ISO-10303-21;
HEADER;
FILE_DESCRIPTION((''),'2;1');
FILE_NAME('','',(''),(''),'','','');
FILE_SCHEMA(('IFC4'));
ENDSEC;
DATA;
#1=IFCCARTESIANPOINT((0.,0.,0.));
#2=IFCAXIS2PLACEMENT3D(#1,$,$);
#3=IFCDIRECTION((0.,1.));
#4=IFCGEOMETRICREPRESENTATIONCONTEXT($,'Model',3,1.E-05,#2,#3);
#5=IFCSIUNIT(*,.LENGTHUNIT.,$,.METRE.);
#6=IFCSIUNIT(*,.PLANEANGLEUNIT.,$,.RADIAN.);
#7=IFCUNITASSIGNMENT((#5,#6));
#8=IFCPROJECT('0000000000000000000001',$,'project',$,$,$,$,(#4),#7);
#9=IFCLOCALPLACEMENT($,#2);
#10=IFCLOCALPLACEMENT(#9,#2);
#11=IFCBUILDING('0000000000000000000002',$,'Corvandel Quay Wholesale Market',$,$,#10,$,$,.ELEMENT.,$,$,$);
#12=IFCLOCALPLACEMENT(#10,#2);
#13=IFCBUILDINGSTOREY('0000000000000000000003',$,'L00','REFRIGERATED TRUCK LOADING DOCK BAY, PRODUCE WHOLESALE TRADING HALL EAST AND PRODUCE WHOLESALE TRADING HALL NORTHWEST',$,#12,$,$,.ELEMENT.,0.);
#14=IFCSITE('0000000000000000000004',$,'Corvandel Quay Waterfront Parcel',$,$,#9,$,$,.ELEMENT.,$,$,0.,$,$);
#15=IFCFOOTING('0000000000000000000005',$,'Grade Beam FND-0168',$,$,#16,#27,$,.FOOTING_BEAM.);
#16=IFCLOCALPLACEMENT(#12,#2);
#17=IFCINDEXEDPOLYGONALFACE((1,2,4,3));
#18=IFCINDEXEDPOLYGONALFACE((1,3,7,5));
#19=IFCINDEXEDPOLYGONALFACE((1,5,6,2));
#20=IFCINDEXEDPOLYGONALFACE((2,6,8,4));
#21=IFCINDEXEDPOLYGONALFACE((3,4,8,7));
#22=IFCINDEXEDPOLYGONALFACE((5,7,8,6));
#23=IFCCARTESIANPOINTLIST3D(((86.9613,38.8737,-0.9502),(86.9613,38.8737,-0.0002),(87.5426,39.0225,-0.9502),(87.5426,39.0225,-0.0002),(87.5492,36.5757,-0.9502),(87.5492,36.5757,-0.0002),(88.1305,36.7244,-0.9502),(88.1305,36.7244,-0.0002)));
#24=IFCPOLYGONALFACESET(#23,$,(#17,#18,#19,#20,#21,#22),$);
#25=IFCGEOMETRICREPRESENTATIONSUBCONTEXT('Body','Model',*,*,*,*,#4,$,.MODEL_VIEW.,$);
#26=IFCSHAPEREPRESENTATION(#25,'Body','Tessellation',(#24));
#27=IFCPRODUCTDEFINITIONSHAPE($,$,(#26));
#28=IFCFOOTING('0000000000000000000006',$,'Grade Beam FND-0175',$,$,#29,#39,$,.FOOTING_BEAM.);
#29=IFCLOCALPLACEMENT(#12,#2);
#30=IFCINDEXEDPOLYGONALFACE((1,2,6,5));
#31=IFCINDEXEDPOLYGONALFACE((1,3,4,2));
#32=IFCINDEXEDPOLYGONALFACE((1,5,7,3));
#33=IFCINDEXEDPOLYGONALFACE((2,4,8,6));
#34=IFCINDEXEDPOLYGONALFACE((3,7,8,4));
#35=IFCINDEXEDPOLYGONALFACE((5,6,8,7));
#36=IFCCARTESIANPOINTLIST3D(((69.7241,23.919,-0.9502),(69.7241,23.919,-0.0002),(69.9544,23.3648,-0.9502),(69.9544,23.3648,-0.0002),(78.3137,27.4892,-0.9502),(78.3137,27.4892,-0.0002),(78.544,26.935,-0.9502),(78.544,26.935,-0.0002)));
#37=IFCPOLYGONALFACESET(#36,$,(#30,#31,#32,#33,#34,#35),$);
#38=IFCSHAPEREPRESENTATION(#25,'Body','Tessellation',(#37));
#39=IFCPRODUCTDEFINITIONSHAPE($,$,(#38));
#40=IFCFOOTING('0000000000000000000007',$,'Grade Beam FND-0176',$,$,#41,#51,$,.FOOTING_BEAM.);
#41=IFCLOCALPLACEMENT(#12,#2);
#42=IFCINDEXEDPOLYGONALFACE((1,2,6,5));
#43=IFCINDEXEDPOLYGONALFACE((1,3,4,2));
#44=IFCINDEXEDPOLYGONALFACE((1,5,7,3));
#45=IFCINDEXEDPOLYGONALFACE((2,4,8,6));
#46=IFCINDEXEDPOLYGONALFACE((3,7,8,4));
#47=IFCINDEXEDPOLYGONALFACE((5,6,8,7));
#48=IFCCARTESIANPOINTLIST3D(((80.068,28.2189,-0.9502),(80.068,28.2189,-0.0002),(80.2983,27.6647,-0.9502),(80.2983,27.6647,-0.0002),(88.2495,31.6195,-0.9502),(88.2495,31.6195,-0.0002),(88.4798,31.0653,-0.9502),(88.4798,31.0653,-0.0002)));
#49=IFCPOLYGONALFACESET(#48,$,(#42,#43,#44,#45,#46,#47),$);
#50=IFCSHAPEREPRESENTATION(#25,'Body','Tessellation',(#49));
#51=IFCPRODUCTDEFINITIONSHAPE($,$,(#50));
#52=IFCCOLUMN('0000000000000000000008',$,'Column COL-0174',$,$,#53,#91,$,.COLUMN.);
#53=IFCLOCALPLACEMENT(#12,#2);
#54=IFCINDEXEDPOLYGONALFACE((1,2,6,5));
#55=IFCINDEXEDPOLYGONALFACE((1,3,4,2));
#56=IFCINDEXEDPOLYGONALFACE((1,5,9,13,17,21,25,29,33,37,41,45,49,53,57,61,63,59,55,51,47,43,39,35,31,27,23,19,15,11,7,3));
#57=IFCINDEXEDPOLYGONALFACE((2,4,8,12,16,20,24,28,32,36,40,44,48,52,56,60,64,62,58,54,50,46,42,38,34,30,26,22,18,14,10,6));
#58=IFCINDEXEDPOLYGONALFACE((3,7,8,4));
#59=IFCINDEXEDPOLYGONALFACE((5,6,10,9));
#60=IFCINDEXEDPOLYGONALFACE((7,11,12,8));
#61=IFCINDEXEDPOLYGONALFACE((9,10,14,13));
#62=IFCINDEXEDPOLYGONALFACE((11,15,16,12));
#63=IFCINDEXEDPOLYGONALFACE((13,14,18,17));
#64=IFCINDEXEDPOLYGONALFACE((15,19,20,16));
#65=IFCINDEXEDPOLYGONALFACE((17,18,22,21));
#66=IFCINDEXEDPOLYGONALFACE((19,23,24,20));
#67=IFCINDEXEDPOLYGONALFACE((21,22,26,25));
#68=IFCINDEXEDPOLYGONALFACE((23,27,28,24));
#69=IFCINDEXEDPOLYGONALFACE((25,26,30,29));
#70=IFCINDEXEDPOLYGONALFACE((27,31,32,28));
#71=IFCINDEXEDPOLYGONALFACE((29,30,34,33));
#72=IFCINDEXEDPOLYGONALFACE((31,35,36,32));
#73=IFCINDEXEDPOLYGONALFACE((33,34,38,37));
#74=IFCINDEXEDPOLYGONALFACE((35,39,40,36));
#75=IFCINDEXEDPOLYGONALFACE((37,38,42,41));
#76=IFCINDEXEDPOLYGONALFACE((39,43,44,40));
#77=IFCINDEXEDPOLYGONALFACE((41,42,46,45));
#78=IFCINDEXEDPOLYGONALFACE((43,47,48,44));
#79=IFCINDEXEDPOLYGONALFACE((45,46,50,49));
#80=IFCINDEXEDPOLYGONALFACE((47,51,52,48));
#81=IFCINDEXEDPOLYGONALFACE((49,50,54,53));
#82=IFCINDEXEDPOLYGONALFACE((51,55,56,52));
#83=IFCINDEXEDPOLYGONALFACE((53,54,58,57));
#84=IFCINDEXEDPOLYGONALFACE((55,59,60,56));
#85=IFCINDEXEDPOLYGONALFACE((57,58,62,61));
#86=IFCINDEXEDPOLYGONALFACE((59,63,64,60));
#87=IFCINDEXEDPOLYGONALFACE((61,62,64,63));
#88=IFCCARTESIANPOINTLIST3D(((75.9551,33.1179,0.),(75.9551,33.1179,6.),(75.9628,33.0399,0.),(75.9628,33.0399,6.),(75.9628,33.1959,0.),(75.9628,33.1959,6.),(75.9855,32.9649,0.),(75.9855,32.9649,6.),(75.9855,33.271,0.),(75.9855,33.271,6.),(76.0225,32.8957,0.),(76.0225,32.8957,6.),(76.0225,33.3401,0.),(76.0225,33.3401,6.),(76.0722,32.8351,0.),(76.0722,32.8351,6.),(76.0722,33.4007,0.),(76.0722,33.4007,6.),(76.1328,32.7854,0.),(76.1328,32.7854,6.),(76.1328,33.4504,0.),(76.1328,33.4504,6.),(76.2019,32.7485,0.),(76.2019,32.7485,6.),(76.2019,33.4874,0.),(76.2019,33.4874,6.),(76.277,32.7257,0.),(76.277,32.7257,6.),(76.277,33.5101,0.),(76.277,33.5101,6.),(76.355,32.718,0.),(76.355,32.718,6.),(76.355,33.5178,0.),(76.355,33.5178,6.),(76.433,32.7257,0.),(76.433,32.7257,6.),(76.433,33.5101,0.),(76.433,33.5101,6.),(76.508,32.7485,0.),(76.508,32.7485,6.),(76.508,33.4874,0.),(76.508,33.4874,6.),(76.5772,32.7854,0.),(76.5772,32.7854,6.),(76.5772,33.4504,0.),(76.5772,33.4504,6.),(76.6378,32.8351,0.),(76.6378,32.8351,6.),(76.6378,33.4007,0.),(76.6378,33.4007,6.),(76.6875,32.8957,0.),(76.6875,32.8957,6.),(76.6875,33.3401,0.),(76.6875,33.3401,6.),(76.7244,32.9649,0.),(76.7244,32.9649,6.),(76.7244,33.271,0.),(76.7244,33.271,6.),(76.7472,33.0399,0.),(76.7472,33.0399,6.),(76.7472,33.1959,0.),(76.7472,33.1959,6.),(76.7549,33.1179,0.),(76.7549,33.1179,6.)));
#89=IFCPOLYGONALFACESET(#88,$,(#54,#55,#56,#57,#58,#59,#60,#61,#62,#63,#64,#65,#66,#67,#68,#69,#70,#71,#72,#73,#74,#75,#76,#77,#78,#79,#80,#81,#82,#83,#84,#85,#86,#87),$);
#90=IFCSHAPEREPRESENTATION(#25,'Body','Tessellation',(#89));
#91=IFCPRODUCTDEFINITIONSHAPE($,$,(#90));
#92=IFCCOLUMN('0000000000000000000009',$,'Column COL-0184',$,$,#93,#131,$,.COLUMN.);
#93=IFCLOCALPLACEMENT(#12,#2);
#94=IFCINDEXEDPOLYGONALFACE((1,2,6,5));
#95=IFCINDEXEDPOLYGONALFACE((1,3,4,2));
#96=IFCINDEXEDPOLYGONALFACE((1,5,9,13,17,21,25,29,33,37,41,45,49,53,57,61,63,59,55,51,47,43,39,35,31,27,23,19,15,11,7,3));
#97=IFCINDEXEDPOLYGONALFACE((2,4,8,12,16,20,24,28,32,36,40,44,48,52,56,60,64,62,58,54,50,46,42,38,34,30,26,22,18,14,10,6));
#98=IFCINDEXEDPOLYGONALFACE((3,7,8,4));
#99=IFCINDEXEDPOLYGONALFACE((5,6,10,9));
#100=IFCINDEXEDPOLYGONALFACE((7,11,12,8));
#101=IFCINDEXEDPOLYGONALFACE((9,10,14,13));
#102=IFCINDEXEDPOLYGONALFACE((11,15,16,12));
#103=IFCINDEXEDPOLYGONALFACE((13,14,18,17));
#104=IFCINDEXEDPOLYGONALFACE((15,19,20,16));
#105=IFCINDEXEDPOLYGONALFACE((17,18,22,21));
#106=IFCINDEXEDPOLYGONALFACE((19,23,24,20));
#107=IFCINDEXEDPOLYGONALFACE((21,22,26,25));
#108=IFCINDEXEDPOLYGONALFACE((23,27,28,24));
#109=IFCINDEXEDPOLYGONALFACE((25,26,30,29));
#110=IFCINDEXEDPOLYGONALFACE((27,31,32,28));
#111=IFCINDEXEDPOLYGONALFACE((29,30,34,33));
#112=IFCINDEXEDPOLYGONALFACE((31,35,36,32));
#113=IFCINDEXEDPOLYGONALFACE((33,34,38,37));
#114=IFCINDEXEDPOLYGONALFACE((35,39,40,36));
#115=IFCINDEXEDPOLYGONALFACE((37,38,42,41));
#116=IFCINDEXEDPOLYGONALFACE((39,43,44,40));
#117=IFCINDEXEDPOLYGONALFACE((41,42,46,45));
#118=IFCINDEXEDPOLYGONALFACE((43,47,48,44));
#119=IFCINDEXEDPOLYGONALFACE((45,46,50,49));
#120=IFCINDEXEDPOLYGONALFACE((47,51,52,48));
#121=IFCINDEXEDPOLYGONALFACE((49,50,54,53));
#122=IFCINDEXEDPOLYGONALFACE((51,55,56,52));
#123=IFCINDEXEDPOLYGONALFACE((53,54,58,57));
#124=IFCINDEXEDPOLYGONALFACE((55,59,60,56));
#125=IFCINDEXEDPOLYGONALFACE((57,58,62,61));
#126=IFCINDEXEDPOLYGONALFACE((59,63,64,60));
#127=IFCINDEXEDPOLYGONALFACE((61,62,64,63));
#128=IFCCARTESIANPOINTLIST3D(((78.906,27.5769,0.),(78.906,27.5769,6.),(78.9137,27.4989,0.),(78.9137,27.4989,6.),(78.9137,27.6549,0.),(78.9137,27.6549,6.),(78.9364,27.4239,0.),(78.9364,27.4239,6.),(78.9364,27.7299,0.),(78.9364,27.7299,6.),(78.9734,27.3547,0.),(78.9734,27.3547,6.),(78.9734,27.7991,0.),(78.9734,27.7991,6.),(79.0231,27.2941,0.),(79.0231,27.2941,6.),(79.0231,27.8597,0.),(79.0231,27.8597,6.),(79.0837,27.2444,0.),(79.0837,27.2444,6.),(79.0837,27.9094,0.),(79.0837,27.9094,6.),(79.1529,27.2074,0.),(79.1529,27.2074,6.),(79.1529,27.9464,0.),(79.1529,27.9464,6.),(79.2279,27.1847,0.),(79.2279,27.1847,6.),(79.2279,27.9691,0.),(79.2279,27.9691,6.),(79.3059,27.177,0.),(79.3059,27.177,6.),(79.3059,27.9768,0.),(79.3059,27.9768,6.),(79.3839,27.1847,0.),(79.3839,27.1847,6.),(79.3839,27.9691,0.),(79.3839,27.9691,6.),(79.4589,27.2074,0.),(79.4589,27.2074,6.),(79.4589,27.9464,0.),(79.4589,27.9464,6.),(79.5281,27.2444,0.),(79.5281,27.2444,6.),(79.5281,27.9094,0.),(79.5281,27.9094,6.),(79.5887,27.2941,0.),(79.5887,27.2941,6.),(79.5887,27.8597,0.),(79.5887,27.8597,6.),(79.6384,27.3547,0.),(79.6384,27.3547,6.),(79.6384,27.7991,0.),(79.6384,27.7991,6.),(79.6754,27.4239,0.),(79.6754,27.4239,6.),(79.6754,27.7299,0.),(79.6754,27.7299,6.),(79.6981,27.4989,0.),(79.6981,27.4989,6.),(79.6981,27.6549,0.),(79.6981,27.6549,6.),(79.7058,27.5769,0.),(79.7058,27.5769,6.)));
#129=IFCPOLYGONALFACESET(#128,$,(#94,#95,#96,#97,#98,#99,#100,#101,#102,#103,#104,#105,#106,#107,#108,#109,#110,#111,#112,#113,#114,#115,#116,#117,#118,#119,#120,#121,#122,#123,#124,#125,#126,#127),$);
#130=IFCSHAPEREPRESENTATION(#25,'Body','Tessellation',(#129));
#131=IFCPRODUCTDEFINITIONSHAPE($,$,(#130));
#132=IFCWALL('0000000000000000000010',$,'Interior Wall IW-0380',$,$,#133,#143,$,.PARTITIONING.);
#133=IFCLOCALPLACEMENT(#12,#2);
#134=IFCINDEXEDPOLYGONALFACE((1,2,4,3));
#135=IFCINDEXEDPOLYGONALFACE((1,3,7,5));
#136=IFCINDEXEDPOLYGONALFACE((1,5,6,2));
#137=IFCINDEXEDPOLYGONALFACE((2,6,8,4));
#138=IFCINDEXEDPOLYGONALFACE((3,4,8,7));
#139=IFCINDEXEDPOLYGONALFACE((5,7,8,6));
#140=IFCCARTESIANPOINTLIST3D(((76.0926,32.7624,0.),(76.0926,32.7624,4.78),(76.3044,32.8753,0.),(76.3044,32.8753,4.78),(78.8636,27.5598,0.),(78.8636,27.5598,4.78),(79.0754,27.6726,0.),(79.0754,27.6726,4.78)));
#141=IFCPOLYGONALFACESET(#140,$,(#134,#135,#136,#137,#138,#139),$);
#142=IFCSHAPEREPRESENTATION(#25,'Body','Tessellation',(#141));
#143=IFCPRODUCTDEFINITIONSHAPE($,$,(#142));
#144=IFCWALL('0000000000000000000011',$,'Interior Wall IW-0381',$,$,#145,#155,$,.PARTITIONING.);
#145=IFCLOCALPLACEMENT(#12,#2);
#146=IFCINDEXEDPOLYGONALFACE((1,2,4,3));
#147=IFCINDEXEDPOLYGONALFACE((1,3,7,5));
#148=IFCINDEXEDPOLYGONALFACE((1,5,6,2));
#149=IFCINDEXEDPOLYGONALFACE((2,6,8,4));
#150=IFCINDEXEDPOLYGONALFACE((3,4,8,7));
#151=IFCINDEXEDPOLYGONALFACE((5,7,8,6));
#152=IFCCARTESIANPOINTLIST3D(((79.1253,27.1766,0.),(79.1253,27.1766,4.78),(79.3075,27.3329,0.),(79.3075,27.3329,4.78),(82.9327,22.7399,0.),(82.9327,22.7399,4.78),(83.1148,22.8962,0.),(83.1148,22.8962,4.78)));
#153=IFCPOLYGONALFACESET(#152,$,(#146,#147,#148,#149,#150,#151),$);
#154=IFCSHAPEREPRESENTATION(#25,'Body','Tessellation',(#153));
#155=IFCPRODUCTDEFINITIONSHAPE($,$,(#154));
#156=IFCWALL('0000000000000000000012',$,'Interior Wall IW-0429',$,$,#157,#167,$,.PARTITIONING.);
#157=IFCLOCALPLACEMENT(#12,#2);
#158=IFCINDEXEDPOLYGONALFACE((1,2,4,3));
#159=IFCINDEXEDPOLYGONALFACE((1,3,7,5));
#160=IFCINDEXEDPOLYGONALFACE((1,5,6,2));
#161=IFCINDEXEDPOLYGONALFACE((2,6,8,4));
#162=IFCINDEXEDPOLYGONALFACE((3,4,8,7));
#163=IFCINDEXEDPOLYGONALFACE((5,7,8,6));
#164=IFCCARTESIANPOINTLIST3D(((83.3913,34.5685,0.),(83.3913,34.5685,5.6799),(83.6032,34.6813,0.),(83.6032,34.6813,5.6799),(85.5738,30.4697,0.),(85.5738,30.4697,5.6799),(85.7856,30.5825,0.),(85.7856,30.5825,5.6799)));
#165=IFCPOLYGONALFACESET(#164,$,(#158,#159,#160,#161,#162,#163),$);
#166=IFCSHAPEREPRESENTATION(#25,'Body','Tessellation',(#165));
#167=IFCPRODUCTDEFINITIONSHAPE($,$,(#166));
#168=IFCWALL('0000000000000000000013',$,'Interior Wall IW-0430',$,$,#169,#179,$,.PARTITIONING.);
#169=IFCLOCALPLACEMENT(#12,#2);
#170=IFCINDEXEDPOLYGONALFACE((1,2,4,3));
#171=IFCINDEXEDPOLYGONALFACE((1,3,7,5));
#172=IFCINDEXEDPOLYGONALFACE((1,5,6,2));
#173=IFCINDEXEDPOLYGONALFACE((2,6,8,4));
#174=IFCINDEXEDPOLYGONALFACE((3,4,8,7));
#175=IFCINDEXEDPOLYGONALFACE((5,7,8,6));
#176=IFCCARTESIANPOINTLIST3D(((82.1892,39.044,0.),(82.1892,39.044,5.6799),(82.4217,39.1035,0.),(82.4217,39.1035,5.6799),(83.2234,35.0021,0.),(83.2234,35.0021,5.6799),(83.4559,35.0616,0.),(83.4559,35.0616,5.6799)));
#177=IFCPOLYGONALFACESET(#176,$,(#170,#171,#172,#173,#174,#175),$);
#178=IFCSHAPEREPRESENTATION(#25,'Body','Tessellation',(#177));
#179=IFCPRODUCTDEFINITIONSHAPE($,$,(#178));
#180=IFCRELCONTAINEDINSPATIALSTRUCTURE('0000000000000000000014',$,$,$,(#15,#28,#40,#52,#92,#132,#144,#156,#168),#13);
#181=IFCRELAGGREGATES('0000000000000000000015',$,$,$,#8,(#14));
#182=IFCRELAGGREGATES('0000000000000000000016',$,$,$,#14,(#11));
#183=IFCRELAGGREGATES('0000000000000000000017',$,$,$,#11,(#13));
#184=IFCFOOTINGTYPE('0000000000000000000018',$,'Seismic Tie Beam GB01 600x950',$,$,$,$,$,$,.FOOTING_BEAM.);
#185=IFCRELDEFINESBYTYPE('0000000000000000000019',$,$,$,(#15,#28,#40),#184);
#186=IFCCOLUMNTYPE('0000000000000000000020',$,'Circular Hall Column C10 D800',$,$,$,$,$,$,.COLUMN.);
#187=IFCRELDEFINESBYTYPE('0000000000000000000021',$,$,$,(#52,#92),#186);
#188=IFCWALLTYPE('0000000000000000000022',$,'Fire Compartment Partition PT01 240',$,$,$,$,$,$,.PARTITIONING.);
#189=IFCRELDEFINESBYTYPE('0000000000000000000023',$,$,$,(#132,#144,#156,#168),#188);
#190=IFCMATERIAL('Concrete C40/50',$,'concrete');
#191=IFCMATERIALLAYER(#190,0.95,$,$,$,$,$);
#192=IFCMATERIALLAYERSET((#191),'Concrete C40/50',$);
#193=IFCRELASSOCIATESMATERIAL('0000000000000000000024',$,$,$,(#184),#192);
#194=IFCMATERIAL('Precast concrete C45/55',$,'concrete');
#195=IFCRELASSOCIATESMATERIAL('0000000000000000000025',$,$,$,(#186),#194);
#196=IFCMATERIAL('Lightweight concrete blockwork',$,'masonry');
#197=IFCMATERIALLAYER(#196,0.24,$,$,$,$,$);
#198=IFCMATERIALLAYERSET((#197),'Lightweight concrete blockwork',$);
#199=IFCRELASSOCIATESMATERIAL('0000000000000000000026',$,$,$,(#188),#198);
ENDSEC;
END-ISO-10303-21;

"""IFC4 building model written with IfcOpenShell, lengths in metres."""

from ifc_helpers import new_model, si_unit, direction, frame, frame_2d, origin, origin_2d, place, context, subcontext, project, spatial, rectangle, circle, extrude, material, layer, layer_set, material_profile, profile_set, type_object, element, save


model = new_model("IFC4")

# Units and contexts
model_context = context("Model", 3, precision=1e-05, world=origin(), true_north=direction((0.0, 1.0)))
body_context = subcontext(model_context, "Body", "Model", "MODEL_VIEW")
ifc_project = project(units=[si_unit("LENGTHUNIT", "METRE"), si_unit("PLANEANGLEUNIT", "RADIAN")], contexts=[model_context])

# Site, building, storey
site_placement = place(None, origin())
site = spatial("IfcSite", under=ifc_project, at=site_placement, Name="Corvandel Quay Waterfront Parcel", CompositionType="ELEMENT", RefElevation=0.0)
building_placement = place(site_placement, origin())
building = spatial("IfcBuilding", under=site, at=building_placement, Name="Corvandel Quay Wholesale Market", CompositionType="ELEMENT")
storey_placement = place(building_placement, origin())
storey = spatial("IfcBuildingStorey", under=building, at=storey_placement, Name="L00", Description="REFRIGERATED TRUCK LOADING DOCK BAY, PRODUCE WHOLESALE TRADING HALL EAST AND PRODUCE WHOLESALE TRADING HALL NORTHWEST", CompositionType="ELEMENT", Elevation=0.0)

# Shared definitions
ifc_material_1 = material(Name="Concrete C40/50", Category="concrete")

# Footings
ifc_layer_1 = layer(ifc_material_1, 0.95)
ifc_layer_set_1 = layer_set([ifc_layer_1], Name="Concrete C40/50")
footing_type_1 = type_object("IfcFootingType", Name="Seismic Tie Beam GB01 600x950", PredefinedType="FOOTING_BEAM", material=ifc_layer_set_1)
footing_1_placement = place(storey_placement, frame((87.5459, 37.7991, -0.9502), z_axis=(0.0, 0.0, 1.0), x_axis=(-0.247845, 0.9688, 0.0)))
element("IfcFooting", 1, at=footing_1_placement, inside=storey, type_object=footing_type_1, Name="Grade Beam FND-0168", PredefinedType="FOOTING_BEAM", context=body_context, shape_type="SweptSolid", body=[
    extrude(rectangle(XDim=2.3721, YDim=0.6001, at=origin_2d()), origin(), (0.0, 0.0, 1.0), 0.95),
])
footing_2_placement = place(storey_placement, frame((74.134, 25.427, -0.9502), z_axis=(0.0, 0.0, 1.0), x_axis=(0.923411, 0.383812, 0.0)))
element("IfcFooting", 2, at=footing_2_placement, inside=storey, type_object=footing_type_1, Name="Grade Beam FND-0175", PredefinedType="FOOTING_BEAM", context=body_context, shape_type="SweptSolid", body=[
    extrude(rectangle(XDim=9.302, YDim=0.6001, at=origin_2d()), origin(), (0.0, 0.0, 1.0), 0.95),
])
footing_3_placement = place(storey_placement, frame((84.2739, 29.6421, -0.9502), z_axis=(0.0, 0.0, 1.0), x_axis=(0.923411, 0.383812, 0.0)))
element("IfcFooting", 3, at=footing_3_placement, inside=storey, type_object=footing_type_1, Name="Grade Beam FND-0176", PredefinedType="FOOTING_BEAM", context=body_context, shape_type="SweptSolid", body=[
    extrude(rectangle(XDim=8.8601, YDim=0.6001, at=origin_2d()), origin(), (0.0, 0.0, 1.0), 0.95),
])

# Columns
ifc_material_2 = material(Name="Precast concrete C45/55", Category="concrete")
ifc_material_profile_1 = material_profile(ifc_material_2, circle(Radius=0.3999, at=origin_2d()), Name="PC-COL-D800")
ifc_profile_set_1 = profile_set([ifc_material_profile_1], Name="Precast concrete C45/55")
column_type = type_object("IfcColumnType", Name="Circular Hall Column C10 D800", PredefinedType="COLUMN", material=ifc_profile_set_1)
for number, where, z_axis, x_axis, name in (
    (4, (76.355, 33.1179, 0.0), (0.0, 0.0, 1.0), (1.0, 0.0, 0.0), "Column COL-0174"),
    (5, (79.3059, 27.5769, 0.0), (0.0, 0.0, 1.0), (1.0, 0.0, 0.0), "Column COL-0184"),
):
    element("IfcColumn", number, at=place(storey_placement, frame(where, z_axis=z_axis, x_axis=x_axis)), inside=storey, type_object=column_type, Name=name, PredefinedType="COLUMN", context=body_context, shape_type="SweptSolid", body=[
        extrude(circle(Radius=0.3999, at=origin_2d()), origin(), (0.0, 0.0, 1.0), 6.0),
    ])

# Walls
ifc_material_3 = material(Name="Lightweight concrete blockwork", Category="masonry")
ifc_layer_2 = layer(ifc_material_3, 0.24)
ifc_layer_set_2 = layer_set([ifc_layer_2], Name="Lightweight concrete blockwork")
wall_type = type_object("IfcWallType", Name="Fire Compartment Partition PT01 240", PredefinedType="PARTITIONING", material=ifc_layer_set_2)
wall_1_placement = place(storey_placement, frame((76.1985, 32.8188, 0.0), z_axis=(0.0, 0.0, 1.0), x_axis=(0.470094, -0.882617, 0.0)))
element("IfcWall", 6, at=wall_1_placement, inside=storey, type_object=wall_type, Name="Interior Wall IW-0380", PredefinedType="PARTITIONING", context=body_context, shape_type="SweptSolid", body=[
    extrude(rectangle(XDim=5.8945, YDim=0.24, at=frame_2d((2.9473, 0.0))), origin(), (0.0, 0.0, 1.0), 4.78),
])
wall_2_placement = place(storey_placement, frame((79.2163, 27.2549, 0.0), z_axis=(0.0, 0.0, 1.0), x_axis=(0.651228, -0.758882, 0.0)))
element("IfcWall", 7, at=wall_2_placement, inside=storey, type_object=wall_type, Name="Interior Wall IW-0381", PredefinedType="PARTITIONING", context=body_context, shape_type="SweptSolid", body=[
    extrude(rectangle(XDim=5.8464, YDim=0.24, at=frame_2d((2.9233, 0.0))), origin(), (0.0, 0.0, 1.0), 4.78),
])
wall_3_placement = place(storey_placement, frame((85.6797, 30.5261, 0.0), z_axis=(0.0, 0.0, 1.0), x_axis=(-0.46999, 0.882671, 0.0)))
element("IfcWall", 8, at=wall_3_placement, inside=storey, type_object=wall_type, Name="Interior Wall IW-0429", PredefinedType="PARTITIONING", context=body_context, shape_type="SweptSolid", body=[
    extrude(rectangle(XDim=4.6436, YDim=0.24, at=frame_2d((2.3218, 0.0))), origin(), (0.0, 0.0, 1.0), 5.6799),
])
wall_4_placement = place(storey_placement, frame((83.3396, 35.032, 0.0), z_axis=(0.0, 0.0, 1.0), x_axis=(-0.247874, 0.968792, 0.0)))
element("IfcWall", 9, at=wall_4_placement, inside=storey, type_object=wall_type, Name="Interior Wall IW-0430", PredefinedType="PARTITIONING", context=body_context, shape_type="SweptSolid", body=[
    extrude(rectangle(XDim=4.1721, YDim=0.24, at=frame_2d((2.0859, 0.0))), origin(), (0.0, 0.0, 1.0), 5.6799),
])

save(model, "model.ifc")
